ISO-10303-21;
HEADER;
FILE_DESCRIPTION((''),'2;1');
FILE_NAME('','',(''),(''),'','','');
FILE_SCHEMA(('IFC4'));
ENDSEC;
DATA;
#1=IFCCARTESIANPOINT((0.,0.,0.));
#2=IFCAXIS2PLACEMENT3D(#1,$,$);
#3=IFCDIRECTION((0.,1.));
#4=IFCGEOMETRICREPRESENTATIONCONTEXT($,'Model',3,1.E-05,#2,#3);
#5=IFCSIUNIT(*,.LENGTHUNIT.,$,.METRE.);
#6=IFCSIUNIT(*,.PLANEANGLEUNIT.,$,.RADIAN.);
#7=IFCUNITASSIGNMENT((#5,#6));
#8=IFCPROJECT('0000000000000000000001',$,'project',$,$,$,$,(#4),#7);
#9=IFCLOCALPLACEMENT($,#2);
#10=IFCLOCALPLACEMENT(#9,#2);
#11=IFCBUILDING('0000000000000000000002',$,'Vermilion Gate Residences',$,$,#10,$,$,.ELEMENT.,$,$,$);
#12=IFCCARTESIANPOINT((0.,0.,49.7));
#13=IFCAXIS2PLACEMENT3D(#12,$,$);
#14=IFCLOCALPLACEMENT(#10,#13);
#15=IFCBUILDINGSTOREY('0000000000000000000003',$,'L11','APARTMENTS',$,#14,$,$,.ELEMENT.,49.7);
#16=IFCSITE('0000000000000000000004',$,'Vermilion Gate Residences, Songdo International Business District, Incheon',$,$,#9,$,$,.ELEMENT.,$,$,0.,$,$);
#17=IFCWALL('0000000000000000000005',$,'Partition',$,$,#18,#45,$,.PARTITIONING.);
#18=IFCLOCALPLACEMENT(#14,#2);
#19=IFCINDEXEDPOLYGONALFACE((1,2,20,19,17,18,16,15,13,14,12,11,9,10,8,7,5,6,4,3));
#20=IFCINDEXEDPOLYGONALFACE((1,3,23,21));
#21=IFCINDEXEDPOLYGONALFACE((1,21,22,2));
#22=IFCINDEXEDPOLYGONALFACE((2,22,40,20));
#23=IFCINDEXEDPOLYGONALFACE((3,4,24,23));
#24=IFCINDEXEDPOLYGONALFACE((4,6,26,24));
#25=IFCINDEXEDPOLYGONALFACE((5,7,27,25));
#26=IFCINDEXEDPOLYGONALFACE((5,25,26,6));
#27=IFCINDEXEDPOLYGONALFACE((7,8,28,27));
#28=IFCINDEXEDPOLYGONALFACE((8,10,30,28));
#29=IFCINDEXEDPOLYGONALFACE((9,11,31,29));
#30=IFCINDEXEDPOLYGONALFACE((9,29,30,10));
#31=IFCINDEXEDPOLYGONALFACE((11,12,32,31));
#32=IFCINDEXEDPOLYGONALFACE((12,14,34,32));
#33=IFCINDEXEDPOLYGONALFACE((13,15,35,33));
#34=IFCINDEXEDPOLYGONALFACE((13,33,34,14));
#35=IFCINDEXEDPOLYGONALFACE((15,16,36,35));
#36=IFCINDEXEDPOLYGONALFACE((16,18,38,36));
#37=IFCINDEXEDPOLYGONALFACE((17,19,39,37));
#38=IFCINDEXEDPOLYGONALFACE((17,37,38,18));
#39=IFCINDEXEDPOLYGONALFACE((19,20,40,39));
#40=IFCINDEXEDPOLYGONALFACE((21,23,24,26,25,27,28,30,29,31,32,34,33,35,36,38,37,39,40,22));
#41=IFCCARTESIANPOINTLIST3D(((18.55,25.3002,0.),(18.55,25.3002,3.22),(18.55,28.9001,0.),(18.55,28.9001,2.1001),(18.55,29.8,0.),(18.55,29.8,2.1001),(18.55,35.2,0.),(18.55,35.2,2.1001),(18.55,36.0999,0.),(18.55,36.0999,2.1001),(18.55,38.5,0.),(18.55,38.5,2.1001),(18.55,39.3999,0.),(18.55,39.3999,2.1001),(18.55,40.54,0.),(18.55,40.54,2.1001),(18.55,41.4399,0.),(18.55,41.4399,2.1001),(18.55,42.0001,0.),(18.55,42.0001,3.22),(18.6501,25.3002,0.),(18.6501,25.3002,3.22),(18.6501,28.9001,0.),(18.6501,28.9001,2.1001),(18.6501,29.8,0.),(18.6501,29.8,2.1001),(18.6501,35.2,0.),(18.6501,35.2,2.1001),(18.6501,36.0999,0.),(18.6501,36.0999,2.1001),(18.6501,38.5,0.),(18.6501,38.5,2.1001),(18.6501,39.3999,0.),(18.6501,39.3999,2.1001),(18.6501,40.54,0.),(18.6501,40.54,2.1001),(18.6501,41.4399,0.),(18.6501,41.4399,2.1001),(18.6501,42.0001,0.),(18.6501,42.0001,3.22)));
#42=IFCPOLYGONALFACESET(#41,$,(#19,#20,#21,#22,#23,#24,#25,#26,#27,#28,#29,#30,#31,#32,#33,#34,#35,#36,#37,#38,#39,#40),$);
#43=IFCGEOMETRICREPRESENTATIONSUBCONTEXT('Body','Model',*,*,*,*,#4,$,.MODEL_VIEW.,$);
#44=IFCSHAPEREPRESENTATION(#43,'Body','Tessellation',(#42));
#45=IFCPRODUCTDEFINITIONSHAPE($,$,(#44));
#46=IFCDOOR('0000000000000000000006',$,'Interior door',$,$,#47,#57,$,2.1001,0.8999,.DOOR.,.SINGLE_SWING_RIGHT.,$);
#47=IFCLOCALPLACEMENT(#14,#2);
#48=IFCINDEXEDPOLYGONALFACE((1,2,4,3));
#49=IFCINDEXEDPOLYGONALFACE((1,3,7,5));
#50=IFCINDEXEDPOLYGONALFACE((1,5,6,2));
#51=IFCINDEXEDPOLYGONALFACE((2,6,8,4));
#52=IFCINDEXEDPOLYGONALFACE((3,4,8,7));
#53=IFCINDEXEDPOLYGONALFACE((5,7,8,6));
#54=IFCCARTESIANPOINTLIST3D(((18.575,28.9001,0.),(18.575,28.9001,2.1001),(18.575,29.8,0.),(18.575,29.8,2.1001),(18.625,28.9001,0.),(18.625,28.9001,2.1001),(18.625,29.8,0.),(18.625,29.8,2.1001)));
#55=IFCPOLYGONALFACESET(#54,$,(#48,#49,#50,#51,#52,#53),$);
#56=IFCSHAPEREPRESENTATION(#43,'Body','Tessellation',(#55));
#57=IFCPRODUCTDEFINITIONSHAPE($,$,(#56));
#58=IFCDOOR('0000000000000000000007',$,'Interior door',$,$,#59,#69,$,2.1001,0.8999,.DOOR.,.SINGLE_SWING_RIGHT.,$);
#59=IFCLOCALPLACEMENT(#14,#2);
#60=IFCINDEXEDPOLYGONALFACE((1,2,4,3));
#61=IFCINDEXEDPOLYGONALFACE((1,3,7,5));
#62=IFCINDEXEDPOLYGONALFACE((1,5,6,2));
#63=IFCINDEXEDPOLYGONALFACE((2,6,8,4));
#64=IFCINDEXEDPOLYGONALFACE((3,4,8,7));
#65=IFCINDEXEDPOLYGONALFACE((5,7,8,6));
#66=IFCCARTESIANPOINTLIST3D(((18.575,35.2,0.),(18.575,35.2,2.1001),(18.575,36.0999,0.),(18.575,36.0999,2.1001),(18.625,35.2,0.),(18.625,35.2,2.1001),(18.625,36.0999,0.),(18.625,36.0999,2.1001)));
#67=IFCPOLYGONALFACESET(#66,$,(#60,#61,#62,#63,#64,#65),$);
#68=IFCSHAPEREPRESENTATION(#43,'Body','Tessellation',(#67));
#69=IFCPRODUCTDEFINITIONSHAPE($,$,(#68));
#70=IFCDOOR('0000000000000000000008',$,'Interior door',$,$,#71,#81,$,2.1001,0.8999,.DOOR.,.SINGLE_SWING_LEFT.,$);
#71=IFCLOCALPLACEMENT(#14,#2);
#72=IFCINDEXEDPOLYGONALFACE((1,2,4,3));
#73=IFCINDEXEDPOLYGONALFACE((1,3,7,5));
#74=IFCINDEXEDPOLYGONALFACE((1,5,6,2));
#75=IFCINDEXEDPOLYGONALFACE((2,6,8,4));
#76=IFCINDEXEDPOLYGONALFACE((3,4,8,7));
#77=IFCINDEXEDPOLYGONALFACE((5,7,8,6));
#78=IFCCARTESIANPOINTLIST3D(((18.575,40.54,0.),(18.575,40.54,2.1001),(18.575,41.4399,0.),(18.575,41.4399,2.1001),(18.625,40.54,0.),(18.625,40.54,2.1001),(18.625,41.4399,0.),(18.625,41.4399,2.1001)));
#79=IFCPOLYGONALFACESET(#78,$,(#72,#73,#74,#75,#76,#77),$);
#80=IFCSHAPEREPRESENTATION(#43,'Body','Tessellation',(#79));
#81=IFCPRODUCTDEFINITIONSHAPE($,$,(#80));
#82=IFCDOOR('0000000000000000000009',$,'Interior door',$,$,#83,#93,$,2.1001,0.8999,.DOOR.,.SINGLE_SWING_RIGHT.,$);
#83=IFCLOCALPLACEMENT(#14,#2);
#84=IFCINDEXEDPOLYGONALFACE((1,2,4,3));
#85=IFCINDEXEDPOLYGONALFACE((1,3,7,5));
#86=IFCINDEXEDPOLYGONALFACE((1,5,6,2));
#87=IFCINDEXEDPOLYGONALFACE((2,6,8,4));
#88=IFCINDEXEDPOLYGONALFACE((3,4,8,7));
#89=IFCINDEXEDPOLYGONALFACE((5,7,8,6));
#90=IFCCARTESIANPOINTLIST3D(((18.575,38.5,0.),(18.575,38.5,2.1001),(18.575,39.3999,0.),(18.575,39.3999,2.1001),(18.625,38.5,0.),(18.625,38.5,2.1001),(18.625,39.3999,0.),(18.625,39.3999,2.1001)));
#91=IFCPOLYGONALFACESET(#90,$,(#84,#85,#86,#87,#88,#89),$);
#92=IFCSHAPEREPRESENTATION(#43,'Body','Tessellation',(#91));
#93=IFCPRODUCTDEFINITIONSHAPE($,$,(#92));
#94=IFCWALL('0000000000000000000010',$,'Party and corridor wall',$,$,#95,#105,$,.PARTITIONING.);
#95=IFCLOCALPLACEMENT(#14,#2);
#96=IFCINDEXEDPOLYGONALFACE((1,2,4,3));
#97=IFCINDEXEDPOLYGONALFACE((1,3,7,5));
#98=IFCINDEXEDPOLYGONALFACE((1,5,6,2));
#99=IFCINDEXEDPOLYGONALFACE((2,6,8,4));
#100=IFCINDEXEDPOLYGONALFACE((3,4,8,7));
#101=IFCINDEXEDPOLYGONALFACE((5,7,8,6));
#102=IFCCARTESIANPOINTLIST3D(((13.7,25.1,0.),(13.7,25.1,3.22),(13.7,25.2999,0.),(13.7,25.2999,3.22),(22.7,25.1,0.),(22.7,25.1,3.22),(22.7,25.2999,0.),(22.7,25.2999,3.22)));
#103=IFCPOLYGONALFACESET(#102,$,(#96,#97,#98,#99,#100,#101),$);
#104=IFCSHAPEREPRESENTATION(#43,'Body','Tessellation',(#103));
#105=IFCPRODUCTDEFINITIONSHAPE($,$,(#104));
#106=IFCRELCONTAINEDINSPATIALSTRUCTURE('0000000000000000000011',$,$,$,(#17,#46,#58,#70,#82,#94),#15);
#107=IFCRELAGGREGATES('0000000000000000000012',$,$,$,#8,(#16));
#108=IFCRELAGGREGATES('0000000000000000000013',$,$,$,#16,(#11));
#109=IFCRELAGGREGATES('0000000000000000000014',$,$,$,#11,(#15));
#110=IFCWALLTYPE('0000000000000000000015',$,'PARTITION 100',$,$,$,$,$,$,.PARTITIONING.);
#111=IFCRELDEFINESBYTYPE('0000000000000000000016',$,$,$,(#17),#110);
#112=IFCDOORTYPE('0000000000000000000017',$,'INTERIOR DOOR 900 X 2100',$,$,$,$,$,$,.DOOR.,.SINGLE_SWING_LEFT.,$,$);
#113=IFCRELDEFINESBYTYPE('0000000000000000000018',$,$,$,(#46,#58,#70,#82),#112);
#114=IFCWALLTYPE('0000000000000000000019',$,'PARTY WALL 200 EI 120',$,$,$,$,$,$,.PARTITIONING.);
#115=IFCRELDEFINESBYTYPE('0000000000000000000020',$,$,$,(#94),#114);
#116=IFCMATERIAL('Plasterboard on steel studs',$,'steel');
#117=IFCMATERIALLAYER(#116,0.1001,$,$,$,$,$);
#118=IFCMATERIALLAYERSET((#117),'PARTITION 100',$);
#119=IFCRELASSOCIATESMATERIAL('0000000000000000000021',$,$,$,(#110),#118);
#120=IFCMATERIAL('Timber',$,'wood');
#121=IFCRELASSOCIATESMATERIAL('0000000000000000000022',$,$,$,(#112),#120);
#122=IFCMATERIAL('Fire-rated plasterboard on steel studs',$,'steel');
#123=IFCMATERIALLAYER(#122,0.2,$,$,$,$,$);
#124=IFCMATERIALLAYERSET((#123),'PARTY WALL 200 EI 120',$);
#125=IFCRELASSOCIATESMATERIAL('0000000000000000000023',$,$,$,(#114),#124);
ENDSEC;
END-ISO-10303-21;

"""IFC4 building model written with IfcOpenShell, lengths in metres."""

from ifc_helpers import new_model, si_unit, direction, frame, frame_2d, origin, place, context, subcontext, project, spatial, rectangle, extrude, material, layer, layer_set, type_object, element, fill, save


model = new_model("IFC4")

# Units and contexts
model_context = context("Model", 3, precision=1e-05, world=origin(), true_north=direction((0.0, 1.0)))
body_context = subcontext(model_context, "Body", "Model", "MODEL_VIEW")
ifc_project = project(units=[si_unit("LENGTHUNIT", "METRE"), si_unit("PLANEANGLEUNIT", "RADIAN")], contexts=[model_context])

# Site, building, storey
site_placement = place(None, origin())
site = spatial("IfcSite", under=ifc_project, at=site_placement, Name="Vermilion Gate Residences, Songdo International Business District, Incheon", CompositionType="ELEMENT", RefElevation=0.0)
building_placement = place(site_placement, origin())
building = spatial("IfcBuilding", under=site, at=building_placement, Name="Vermilion Gate Residences", CompositionType="ELEMENT")
storey_placement = place(building_placement, frame((0.0, 0.0, 49.7)))
storey = spatial("IfcBuildingStorey", under=building, at=storey_placement, Name="L11", Description="APARTMENTS", CompositionType="ELEMENT", Elevation=49.7)

# Wall, openings, doors
ifc_material_1 = material(Name="Plasterboard on steel studs", Category="steel")
ifc_layer_1 = layer(ifc_material_1, 0.1001)
ifc_layer_set_1 = layer_set([ifc_layer_1], Name="PARTITION 100")
wall_type_1 = type_object("IfcWallType", Name="PARTITION 100", PredefinedType="PARTITIONING", material=ifc_layer_set_1)
ifc_material_2 = material(Name="Timber", Category="wood")
door_type_1 = type_object("IfcDoorType", Name="INTERIOR DOOR 900 X 2100", OperationType="SINGLE_SWING_LEFT", PredefinedType="DOOR", material=ifc_material_2)
wall_1_placement = place(storey_placement, frame((18.6001, 25.3, 0.0), z_axis=(0.0, 0.0, 1.0), x_axis=(0.0, 1.0, 0.0)))
wall_1 = element("IfcWall", 1, at=wall_1_placement, inside=storey, type_object=wall_type_1, Name="Partition", PredefinedType="PARTITIONING", context=body_context, shape_type="SweptSolid", body=[
    extrude(rectangle(XDim=16.7, YDim=0.1001, at=frame_2d((8.3501, 0.0))), origin(), (0.0, 0.0, 1.0), 3.22),
])
opening_1_placement = place(wall_1_placement, frame((3.6001, 0.0, 0.0)))
opening_1 = element("IfcOpeningElement", 2, at=opening_1_placement, cuts=wall_1, PredefinedType="OPENING", context=body_context, shape_type="SweptSolid", body=[
    extrude(rectangle(XDim=0.8999, YDim=2.1001, at=frame_2d((0.45, 1.05))), frame((0.0, 0.0601, 0.0), z_axis=(0.0, -1.0, 0.0), x_axis=(1.0, 0.0, 0.0)), (0.0, 0.0, 1.0), 0.1201),
])
opening_2_placement = place(wall_1_placement, frame((9.8999, 0.0, 0.0)))
opening_2 = element("IfcOpeningElement", 3, at=opening_2_placement, cuts=wall_1, PredefinedType="OPENING", context=body_context, shape_type="SweptSolid", body=[
    extrude(rectangle(XDim=0.8999, YDim=2.1001, at=frame_2d((0.45, 1.05))), frame((0.0, 0.0601, 0.0), z_axis=(0.0, -1.0, 0.0), x_axis=(1.0, 0.0, 0.0)), (0.0, 0.0, 1.0), 0.1201),
])
opening_3_placement = place(wall_1_placement, frame((15.24, 0.0, 0.0)))
opening_3 = element("IfcOpeningElement", 4, at=opening_3_placement, cuts=wall_1, PredefinedType="OPENING", context=body_context, shape_type="SweptSolid", body=[
    extrude(rectangle(XDim=0.8999, YDim=2.1001, at=frame_2d((0.45, 1.05))), frame((0.0, 0.0601, 0.0), z_axis=(0.0, -1.0, 0.0), x_axis=(1.0, 0.0, 0.0)), (0.0, 0.0, 1.0), 0.1201),
])
opening_4_placement = place(wall_1_placement, frame((13.2, 0.0, 0.0)))
opening_4 = element("IfcOpeningElement", 5, at=opening_4_placement, cuts=wall_1, PredefinedType="OPENING", context=body_context, shape_type="SweptSolid", body=[
    extrude(rectangle(XDim=0.8999, YDim=2.1001, at=frame_2d((0.45, 1.05))), frame((0.0, 0.0601, 0.0), z_axis=(0.0, -1.0, 0.0), x_axis=(1.0, 0.0, 0.0)), (0.0, 0.0, 1.0), 0.1201),
])
door_1_placement = place(opening_1_placement, frame((0.8999, 0.0, 0.0), z_axis=(0.0, 0.0, 1.0), x_axis=(-1.0, 0.0, 0.0)))
door_1 = element("IfcDoor", 6, at=door_1_placement, inside=storey, type_object=door_type_1, Name="Interior door", OperationType="SINGLE_SWING_RIGHT", OverallHeight=2.1001, OverallWidth=0.8999, PredefinedType="DOOR", context=body_context, shape_type="SweptSolid", body=[
    extrude(rectangle(XDim=0.8999, YDim=2.1001, at=frame_2d((0.45, 1.05))), frame((0.0, 0.0249, 0.0), z_axis=(0.0, -1.0, 0.0), x_axis=(1.0, 0.0, 0.0)), (0.0, 0.0, 1.0), 0.05),
])
fill(opening_1, door_1)
door_2_placement = place(opening_2_placement, frame((0.8999, 0.0, 0.0), z_axis=(0.0, 0.0, 1.0), x_axis=(-1.0, 0.0, 0.0)))
door_2 = element("IfcDoor", 7, at=door_2_placement, inside=storey, type_object=door_type_1, Name="Interior door", OperationType="SINGLE_SWING_RIGHT", OverallHeight=2.1001, OverallWidth=0.8999, PredefinedType="DOOR", context=body_context, shape_type="SweptSolid", body=[
    extrude(rectangle(XDim=0.8999, YDim=2.1001, at=frame_2d((0.45, 1.05))), frame((0.0, 0.0249, 0.0), z_axis=(0.0, -1.0, 0.0), x_axis=(1.0, 0.0, 0.0)), (0.0, 0.0, 1.0), 0.05),
])
fill(opening_2, door_2)
door_3_placement = place(opening_3_placement, frame((0.8999, 0.0, 0.0), z_axis=(0.0, 0.0, 1.0), x_axis=(-1.0, 0.0, 0.0)))
door_3 = element("IfcDoor", 8, at=door_3_placement, inside=storey, type_object=door_type_1, Name="Interior door", OperationType="SINGLE_SWING_LEFT", OverallHeight=2.1001, OverallWidth=0.8999, PredefinedType="DOOR", context=body_context, shape_type="SweptSolid", body=[
    extrude(rectangle(XDim=0.8999, YDim=2.1001, at=frame_2d((0.45, 1.05))), frame((0.0, 0.0249, 0.0), z_axis=(0.0, -1.0, 0.0), x_axis=(1.0, 0.0, 0.0)), (0.0, 0.0, 1.0), 0.05),
])
fill(opening_3, door_3)
door_4_placement = place(opening_4_placement, frame((0.8999, 0.0, 0.0), z_axis=(0.0, 0.0, 1.0), x_axis=(-1.0, 0.0, 0.0)))
door_4 = element("IfcDoor", 9, at=door_4_placement, inside=storey, type_object=door_type_1, Name="Interior door", OperationType="SINGLE_SWING_RIGHT", OverallHeight=2.1001, OverallWidth=0.8999, PredefinedType="DOOR", context=body_context, shape_type="SweptSolid", body=[
    extrude(rectangle(XDim=0.8999, YDim=2.1001, at=frame_2d((0.45, 1.05))), frame((0.0, 0.0249, 0.0), z_axis=(0.0, -1.0, 0.0), x_axis=(1.0, 0.0, 0.0)), (0.0, 0.0, 1.0), 0.05),
])
fill(opening_4, door_4)

# Wall
ifc_material_3 = material(Name="Fire-rated plasterboard on steel studs", Category="steel")
ifc_layer_2 = layer(ifc_material_3, 0.2)
ifc_layer_set_2 = layer_set([ifc_layer_2], Name="PARTY WALL 200 EI 120")
wall_type_2 = type_object("IfcWallType", Name="PARTY WALL 200 EI 120", PredefinedType="PARTITIONING", material=ifc_layer_set_2)
wall_2_placement = place(storey_placement, frame((13.7, 25.2, 0.0), z_axis=(0.0, 0.0, 1.0), x_axis=(1.0, 0.0, 0.0)))
element("IfcWall", 10, at=wall_2_placement, inside=storey, type_object=wall_type_2, Name="Party and corridor wall", PredefinedType="PARTITIONING", context=body_context, shape_type="SweptSolid", body=[
    extrude(rectangle(XDim=9.0, YDim=0.2, at=frame_2d((4.5, 0.0))), origin(), (0.0, 0.0, 1.0), 3.22),
])

save(model, "model.ifc")
